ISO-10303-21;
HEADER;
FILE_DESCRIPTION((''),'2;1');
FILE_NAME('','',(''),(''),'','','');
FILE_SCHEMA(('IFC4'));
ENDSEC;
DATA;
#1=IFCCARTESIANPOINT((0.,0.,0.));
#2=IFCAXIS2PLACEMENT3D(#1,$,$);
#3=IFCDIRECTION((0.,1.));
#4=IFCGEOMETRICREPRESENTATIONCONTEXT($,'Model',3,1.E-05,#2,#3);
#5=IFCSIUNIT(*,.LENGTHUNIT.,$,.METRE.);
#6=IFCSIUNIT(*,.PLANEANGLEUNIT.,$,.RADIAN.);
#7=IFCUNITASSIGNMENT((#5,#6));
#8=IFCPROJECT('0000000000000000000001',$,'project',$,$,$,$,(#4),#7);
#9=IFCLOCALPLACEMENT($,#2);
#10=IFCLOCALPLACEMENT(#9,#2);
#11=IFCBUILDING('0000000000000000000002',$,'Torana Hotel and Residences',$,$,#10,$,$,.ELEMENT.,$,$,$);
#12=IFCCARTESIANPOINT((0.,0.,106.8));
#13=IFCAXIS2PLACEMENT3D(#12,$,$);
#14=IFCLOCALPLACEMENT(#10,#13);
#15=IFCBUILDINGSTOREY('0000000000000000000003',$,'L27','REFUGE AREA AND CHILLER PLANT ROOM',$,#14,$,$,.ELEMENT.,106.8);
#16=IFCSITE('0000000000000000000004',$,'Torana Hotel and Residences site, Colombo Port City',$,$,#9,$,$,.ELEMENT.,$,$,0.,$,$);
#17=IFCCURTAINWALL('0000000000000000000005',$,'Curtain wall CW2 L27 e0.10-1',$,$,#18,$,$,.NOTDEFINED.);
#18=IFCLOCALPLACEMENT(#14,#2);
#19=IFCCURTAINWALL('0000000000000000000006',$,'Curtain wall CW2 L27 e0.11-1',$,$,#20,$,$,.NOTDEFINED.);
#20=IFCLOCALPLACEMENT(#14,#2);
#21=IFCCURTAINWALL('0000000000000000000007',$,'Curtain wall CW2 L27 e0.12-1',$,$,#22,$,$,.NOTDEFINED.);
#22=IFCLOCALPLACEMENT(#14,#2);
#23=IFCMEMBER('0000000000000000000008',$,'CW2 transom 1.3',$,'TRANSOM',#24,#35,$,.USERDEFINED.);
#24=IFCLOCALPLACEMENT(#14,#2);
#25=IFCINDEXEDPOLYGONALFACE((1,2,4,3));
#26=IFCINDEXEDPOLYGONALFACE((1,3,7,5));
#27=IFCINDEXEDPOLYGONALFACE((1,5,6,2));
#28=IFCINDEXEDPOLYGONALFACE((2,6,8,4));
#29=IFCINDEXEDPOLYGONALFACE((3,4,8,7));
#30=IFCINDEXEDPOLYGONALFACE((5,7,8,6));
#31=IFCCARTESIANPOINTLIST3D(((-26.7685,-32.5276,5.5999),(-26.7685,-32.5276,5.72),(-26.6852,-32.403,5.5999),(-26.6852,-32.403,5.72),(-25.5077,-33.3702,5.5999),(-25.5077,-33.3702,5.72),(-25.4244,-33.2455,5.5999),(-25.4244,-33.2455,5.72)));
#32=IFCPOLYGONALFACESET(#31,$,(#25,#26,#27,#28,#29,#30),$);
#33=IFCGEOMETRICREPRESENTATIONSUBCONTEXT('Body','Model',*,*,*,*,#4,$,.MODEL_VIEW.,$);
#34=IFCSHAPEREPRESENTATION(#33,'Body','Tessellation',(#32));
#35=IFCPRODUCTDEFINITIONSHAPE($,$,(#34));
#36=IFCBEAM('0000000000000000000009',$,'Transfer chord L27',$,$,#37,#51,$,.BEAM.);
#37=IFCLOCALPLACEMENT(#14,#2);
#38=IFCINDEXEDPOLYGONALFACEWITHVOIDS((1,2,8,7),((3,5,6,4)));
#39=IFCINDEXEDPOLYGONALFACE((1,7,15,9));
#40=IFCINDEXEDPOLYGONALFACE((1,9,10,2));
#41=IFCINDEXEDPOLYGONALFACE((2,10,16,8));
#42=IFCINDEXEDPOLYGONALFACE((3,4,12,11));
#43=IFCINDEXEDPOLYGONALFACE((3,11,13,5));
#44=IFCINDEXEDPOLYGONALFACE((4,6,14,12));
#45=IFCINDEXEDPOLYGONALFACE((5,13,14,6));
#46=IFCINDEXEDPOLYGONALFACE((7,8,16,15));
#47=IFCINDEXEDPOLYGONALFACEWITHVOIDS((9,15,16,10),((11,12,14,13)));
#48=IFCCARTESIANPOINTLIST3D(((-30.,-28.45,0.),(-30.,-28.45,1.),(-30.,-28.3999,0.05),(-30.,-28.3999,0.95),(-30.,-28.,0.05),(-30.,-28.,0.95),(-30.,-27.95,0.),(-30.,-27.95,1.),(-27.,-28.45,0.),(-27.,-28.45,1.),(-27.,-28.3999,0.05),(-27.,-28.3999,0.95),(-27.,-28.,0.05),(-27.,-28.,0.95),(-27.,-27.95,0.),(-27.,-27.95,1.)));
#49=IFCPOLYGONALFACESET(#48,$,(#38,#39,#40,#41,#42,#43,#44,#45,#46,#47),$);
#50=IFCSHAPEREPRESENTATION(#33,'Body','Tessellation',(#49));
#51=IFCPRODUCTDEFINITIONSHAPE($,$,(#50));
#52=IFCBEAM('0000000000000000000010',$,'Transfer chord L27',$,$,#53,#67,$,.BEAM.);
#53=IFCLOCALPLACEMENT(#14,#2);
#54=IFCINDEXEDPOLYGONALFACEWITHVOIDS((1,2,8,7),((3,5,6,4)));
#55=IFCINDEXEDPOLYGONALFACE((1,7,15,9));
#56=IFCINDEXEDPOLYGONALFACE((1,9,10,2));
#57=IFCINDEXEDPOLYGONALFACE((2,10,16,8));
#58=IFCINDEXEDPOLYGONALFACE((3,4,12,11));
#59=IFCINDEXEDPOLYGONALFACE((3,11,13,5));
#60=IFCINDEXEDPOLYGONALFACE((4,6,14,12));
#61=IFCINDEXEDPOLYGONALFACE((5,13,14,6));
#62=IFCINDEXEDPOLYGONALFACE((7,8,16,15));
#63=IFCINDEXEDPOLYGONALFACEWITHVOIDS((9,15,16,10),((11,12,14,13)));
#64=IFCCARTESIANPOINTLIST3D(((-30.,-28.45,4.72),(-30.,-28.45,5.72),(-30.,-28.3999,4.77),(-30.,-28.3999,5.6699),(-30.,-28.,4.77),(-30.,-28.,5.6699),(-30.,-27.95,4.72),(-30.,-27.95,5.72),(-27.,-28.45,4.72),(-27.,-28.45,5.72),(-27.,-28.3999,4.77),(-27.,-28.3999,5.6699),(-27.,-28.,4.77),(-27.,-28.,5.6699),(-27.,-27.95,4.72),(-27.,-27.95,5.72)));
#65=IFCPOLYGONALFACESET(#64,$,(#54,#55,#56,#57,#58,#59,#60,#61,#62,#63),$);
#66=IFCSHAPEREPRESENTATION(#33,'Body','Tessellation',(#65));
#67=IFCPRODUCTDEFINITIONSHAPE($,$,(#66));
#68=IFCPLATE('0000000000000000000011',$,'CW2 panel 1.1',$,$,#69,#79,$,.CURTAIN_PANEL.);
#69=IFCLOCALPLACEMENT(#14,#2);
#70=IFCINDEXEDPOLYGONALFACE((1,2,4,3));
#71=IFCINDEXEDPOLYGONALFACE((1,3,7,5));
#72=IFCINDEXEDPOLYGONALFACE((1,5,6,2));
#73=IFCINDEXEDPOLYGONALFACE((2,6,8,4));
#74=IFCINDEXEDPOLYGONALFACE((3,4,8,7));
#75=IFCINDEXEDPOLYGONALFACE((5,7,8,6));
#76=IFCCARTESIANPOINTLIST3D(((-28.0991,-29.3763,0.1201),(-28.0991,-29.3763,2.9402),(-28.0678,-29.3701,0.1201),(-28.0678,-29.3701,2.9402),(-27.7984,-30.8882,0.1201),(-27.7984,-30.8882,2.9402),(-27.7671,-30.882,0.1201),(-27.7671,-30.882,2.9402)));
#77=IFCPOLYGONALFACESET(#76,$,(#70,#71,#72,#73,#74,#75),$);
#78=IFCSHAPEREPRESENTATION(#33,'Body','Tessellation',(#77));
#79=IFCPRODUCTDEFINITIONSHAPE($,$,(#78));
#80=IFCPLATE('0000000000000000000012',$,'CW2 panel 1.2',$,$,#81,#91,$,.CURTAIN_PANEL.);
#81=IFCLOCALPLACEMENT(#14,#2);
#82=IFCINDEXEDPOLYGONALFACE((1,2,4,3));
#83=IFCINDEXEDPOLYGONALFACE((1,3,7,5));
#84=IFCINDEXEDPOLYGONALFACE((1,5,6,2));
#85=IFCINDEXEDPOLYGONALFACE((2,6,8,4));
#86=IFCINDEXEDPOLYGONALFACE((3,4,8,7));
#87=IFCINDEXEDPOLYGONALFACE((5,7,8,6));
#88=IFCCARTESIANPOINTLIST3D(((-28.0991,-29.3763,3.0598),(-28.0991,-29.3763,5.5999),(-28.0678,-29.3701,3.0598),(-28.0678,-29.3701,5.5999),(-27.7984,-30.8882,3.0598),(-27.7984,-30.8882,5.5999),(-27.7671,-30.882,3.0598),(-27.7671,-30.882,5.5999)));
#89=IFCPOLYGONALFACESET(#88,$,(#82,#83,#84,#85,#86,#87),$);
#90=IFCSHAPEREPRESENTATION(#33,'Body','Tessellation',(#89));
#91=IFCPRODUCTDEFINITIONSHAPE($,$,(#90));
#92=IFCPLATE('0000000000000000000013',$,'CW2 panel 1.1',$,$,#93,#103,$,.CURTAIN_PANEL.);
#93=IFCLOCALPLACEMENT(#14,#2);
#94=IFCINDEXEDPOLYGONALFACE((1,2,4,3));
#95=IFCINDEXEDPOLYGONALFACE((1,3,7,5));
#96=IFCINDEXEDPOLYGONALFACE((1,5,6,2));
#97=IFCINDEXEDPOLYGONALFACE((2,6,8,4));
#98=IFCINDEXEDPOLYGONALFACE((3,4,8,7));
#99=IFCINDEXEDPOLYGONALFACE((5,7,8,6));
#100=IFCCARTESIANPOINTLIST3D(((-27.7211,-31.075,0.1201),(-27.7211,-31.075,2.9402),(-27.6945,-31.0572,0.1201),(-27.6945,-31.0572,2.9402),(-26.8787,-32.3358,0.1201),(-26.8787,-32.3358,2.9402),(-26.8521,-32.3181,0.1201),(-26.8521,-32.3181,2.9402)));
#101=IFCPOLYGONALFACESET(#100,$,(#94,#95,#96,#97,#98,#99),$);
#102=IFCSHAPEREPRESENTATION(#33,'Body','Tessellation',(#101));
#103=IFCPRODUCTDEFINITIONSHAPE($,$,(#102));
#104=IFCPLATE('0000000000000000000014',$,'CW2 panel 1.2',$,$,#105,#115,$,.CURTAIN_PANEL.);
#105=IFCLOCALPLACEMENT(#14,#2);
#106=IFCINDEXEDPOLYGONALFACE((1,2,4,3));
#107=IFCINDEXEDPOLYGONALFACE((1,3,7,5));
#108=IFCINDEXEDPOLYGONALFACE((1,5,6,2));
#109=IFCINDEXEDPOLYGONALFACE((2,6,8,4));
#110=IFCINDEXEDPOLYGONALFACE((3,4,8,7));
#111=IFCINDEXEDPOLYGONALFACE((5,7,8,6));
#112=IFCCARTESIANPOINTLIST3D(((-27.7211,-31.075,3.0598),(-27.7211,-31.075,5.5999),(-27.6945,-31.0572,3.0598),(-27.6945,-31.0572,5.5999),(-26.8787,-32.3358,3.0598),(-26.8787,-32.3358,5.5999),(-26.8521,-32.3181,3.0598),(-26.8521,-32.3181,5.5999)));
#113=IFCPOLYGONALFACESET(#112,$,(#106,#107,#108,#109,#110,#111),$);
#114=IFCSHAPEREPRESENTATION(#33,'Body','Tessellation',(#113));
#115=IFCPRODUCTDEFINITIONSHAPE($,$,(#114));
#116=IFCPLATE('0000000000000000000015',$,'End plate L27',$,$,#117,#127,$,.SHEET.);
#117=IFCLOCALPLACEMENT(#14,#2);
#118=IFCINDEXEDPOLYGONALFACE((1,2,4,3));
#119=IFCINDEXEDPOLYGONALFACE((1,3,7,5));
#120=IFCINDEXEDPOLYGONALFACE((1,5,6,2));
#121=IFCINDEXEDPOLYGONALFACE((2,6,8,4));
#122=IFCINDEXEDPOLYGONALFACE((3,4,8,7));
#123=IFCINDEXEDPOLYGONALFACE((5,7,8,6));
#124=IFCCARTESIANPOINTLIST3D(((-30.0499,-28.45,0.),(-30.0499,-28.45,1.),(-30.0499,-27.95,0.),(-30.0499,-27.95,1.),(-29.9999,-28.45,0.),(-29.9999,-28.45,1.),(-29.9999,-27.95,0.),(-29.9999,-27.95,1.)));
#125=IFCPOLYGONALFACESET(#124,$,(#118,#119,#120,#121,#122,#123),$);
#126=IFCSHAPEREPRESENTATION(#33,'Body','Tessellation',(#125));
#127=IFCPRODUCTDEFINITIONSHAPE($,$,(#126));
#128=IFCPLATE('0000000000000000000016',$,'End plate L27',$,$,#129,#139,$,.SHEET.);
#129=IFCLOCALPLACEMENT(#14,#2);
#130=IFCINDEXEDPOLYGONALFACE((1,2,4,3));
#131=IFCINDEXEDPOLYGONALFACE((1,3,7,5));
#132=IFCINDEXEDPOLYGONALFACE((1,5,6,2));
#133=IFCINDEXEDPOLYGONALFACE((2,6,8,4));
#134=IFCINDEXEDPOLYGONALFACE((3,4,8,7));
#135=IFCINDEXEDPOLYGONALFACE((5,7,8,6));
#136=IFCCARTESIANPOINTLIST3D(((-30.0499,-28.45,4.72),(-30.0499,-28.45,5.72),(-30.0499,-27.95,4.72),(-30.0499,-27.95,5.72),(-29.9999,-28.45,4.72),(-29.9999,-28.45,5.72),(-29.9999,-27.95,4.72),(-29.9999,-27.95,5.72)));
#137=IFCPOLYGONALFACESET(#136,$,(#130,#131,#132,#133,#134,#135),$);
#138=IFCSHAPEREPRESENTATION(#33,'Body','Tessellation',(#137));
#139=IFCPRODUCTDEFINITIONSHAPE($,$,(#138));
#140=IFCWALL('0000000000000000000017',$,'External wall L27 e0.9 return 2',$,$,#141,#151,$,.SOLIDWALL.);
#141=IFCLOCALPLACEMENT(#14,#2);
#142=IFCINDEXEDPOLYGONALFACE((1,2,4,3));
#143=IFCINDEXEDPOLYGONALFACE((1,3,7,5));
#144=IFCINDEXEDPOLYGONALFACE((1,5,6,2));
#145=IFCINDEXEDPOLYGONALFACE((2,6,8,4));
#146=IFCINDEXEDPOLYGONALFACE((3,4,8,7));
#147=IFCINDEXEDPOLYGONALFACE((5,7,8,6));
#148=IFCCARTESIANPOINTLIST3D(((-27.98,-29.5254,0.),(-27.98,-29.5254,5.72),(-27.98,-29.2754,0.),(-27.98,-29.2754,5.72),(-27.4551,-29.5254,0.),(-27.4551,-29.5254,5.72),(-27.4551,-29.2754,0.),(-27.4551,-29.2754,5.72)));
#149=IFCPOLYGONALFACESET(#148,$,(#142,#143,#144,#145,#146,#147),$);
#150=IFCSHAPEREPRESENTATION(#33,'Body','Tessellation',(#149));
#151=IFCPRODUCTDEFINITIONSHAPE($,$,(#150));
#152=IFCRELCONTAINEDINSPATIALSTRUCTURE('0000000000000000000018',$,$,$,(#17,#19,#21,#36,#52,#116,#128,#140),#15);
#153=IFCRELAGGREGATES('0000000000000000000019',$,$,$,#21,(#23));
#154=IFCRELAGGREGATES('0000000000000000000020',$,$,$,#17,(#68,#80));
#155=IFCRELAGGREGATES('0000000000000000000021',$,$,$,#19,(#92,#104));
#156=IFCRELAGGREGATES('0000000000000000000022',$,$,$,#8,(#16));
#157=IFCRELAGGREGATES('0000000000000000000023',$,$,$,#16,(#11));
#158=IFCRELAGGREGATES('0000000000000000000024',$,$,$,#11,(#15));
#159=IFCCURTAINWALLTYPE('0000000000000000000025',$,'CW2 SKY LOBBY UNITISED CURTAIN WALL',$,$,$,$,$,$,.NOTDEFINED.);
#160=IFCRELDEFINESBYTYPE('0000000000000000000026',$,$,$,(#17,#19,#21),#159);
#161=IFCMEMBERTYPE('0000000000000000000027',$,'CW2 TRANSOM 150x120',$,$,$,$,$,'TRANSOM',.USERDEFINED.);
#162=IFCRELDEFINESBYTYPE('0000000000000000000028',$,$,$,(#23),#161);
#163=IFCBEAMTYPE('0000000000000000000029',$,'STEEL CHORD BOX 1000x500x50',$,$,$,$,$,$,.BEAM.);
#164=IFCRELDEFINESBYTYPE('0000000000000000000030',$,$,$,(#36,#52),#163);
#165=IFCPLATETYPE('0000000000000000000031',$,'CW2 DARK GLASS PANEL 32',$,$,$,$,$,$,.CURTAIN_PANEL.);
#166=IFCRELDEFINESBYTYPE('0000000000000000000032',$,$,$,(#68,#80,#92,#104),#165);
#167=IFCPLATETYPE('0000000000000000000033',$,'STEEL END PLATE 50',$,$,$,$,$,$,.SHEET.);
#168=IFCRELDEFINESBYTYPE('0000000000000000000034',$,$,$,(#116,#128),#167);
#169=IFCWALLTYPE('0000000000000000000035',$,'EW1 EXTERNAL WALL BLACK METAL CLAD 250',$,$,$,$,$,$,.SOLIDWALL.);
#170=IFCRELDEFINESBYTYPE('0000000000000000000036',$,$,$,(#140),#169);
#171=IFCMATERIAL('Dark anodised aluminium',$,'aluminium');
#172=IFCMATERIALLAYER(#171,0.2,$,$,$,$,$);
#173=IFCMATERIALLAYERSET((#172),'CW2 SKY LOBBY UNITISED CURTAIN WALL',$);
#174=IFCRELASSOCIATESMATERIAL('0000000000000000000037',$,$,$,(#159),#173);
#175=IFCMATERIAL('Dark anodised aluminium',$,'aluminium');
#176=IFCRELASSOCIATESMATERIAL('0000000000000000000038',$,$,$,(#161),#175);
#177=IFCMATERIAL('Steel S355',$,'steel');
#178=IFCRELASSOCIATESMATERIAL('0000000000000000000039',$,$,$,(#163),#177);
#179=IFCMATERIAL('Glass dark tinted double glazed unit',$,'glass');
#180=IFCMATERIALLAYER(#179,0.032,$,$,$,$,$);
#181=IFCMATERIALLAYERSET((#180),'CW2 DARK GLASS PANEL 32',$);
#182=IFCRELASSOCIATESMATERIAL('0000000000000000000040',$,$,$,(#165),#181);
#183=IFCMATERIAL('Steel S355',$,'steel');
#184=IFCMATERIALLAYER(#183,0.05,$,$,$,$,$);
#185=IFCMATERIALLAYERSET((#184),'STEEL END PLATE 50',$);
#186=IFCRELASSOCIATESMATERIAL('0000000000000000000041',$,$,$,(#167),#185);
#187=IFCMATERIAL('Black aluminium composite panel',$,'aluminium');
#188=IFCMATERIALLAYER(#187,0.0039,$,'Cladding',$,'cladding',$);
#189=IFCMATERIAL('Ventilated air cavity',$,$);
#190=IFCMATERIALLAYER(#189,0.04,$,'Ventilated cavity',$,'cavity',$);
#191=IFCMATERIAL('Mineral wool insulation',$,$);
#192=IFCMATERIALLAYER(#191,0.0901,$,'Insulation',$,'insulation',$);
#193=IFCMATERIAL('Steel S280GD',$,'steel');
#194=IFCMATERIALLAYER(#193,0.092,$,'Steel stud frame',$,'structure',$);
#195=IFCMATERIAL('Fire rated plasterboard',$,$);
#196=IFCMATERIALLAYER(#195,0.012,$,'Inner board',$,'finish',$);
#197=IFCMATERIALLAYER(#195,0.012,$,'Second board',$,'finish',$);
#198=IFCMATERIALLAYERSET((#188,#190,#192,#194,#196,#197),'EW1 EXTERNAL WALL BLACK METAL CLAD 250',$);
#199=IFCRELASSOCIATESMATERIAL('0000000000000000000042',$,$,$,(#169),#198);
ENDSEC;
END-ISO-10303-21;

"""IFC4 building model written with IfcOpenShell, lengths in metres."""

from ifc_helpers import new_model, si_unit, direction, frame, frame_2d, origin, origin_2d, place, context, subcontext, project, spatial, rectangle, hollow_rectangle, extrude, material, layer, layer_set, material_profile, profile_set, type_object, element, aggregate, save


model = new_model("IFC4")

# Units and contexts
model_context = context("Model", 3, precision=1e-05, world=origin(), true_north=direction((0.0, 1.0)))
body_context = subcontext(model_context, "Body", "Model", "MODEL_VIEW")
ifc_project = project(units=[si_unit("LENGTHUNIT", "METRE"), si_unit("PLANEANGLEUNIT", "RADIAN")], contexts=[model_context])

# Site, building, storey
site_placement = place(None, origin())
site = spatial("IfcSite", under=ifc_project, at=site_placement, Name="Torana Hotel and Residences site, Colombo Port City", CompositionType="ELEMENT", RefElevation=0.0)
building_placement = place(site_placement, origin())
building = spatial("IfcBuilding", under=site, at=building_placement, Name="Torana Hotel and Residences", CompositionType="ELEMENT")
storey_placement = place(building_placement, frame((0.0, 0.0, 106.8)))
storey = spatial("IfcBuildingStorey", under=building, at=storey_placement, Name="L27", Description="REFUGE AREA AND CHILLER PLANT ROOM", CompositionType="ELEMENT", Elevation=106.8)

# Shared definitions
ifc_material_1 = material(Name="Dark anodised aluminium", Category="aluminium")
ifc_layer_1 = layer(ifc_material_1, 0.2)
ifc_layer_set_1 = layer_set([ifc_layer_1], Name="CW2 SKY LOBBY UNITISED CURTAIN WALL")
curtain_wall_type = type_object("IfcCurtainWallType", Name="CW2 SKY LOBBY UNITISED CURTAIN WALL", PredefinedType="NOTDEFINED", material=ifc_layer_set_1)

# Curtain walls
curtain_wall_1_placement = place(storey_placement, origin())
curtain_wall_1 = element("IfcCurtainWall", 1, at=curtain_wall_1_placement, inside=storey, type_object=curtain_wall_type, Name="Curtain wall CW2 L27 e0.10-1", PredefinedType="NOTDEFINED")
curtain_wall_2_placement = place(storey_placement, origin())
curtain_wall_2 = element("IfcCurtainWall", 2, at=curtain_wall_2_placement, inside=storey, type_object=curtain_wall_type, Name="Curtain wall CW2 L27 e0.11-1", PredefinedType="NOTDEFINED")

# Curtain wall
curtain_wall_3_placement = place(storey_placement, origin())
curtain_wall_3 = element("IfcCurtainWall", 3, at=curtain_wall_3_placement, inside=storey, type_object=curtain_wall_type, Name="Curtain wall CW2 L27 e0.12-1", PredefinedType="NOTDEFINED")

# Member
ifc_material_2 = material(Name="Dark anodised aluminium", Category="aluminium")
ifc_material_profile_1 = material_profile(ifc_material_2, rectangle(XDim=0.1499, YDim=0.1201, at=origin_2d()), Name="CW2 TRANSOM 150x120")
ifc_profile_set_1 = profile_set([ifc_material_profile_1], Name="Dark anodised aluminium")
member_type_1 = type_object("IfcMemberType", Name="CW2 TRANSOM 150x120", ElementType="TRANSOM", PredefinedType="USERDEFINED", material=ifc_profile_set_1)
member_1_placement = place(storey_placement, frame((-26.7268, -32.4653, 5.6599), z_axis=(0.831431, -0.555629, 0.0), x_axis=(0.555629, 0.831431, 0.0)))
member_1 = element("IfcMember", 4, at=member_1_placement, type_object=member_type_1, Name="CW2 transom 1.3", ObjectType="TRANSOM", PredefinedType="USERDEFINED", context=body_context, shape_type="SweptSolid", body=[
    extrude(rectangle(XDim=0.1499, YDim=0.1201, at=origin_2d()), origin(), (0.0, 0.0, 1.0), 1.5164),
])
aggregate(curtain_wall_3, [member_1])

# Beams
ifc_material_3 = material(Name="Steel S355", Category="steel")
ifc_material_profile_2 = material_profile(ifc_material_3, hollow_rectangle(XDim=0.5, YDim=1.0, WallThickness=0.05, at=origin_2d()), Name="BOX 1000x500x50")
ifc_profile_set_2 = profile_set([ifc_material_profile_2], Name="Steel S355")
beam_type = type_object("IfcBeamType", Name="STEEL CHORD BOX 1000x500x50", PredefinedType="BEAM", material=ifc_profile_set_2)
for number, where, z_axis, x_axis, name in (
    (5, (-30.0, -28.2, 0.5), (1.0, 0.0, 0.0), (0.0, 1.0, 0.0), "Transfer chord L27"),
    (6, (-30.0, -28.2, 5.22), (1.0, 0.0, 0.0), (0.0, 1.0, 0.0), "Transfer chord L27"),
):
    element("IfcBeam", number, at=place(storey_placement, frame(where, z_axis=z_axis, x_axis=x_axis)), inside=storey, type_object=beam_type, Name=name, PredefinedType="BEAM", context=body_context, shape_type="SweptSolid", body=[
        extrude(hollow_rectangle(XDim=0.5, YDim=1.0, WallThickness=0.05, at=origin_2d()), origin(), (0.0, 0.0, 1.0), 3.0),
    ])

# Plates
ifc_material_4 = material(Name="Glass dark tinted double glazed unit", Category="glass")
ifc_layer_2 = layer(ifc_material_4, 0.032)
ifc_layer_set_2 = layer_set([ifc_layer_2], Name="CW2 DARK GLASS PANEL 32")
plate_type_1 = type_object("IfcPlateType", Name="CW2 DARK GLASS PANEL 32", PredefinedType="CURTAIN_PANEL", material=ifc_layer_set_2)
plate_1_placement = place(storey_placement, frame((-27.9331, -30.1292, 0.1201), z_axis=(0.0, 0.0, 1.0), x_axis=(0.195064, -0.980791, 0.0)))
plate_1 = element("IfcPlate", 7, at=plate_1_placement, type_object=plate_type_1, Name="CW2 panel 1.1", PredefinedType="CURTAIN_PANEL", context=body_context, shape_type="SweptSolid", body=[
    extrude(rectangle(XDim=1.5415, YDim=0.032, at=origin_2d()), origin(), (0.0, 0.0, 1.0), 2.8201),
])
plate_2_placement = place(storey_placement, frame((-27.9331, -30.1292, 3.0598), z_axis=(0.0, 0.0, 1.0), x_axis=(0.195064, -0.980791, 0.0)))
plate_2 = element("IfcPlate", 8, at=plate_2_placement, type_object=plate_type_1, Name="CW2 panel 1.2", PredefinedType="CURTAIN_PANEL", context=body_context, shape_type="SweptSolid", body=[
    extrude(rectangle(XDim=1.5415, YDim=0.032, at=origin_2d()), origin(), (0.0, 0.0, 1.0), 2.54),
])
aggregate(curtain_wall_1, [plate_1, plate_2])
plate_3_placement = place(storey_placement, frame((-27.2866, -31.6965, 0.1201), z_axis=(0.0, 0.0, 1.0), x_axis=(0.555564, -0.831474, 0.0)))
plate_3 = element("IfcPlate", 9, at=plate_3_placement, type_object=plate_type_1, Name="CW2 panel 1.1", PredefinedType="CURTAIN_PANEL", context=body_context, shape_type="SweptSolid", body=[
    extrude(rectangle(XDim=1.5164, YDim=0.032, at=origin_2d()), origin(), (0.0, 0.0, 1.0), 2.8201),
])
plate_4_placement = place(storey_placement, frame((-27.2866, -31.6965, 3.0598), z_axis=(0.0, 0.0, 1.0), x_axis=(0.555564, -0.831474, 0.0)))
plate_4 = element("IfcPlate", 10, at=plate_4_placement, type_object=plate_type_1, Name="CW2 panel 1.2", PredefinedType="CURTAIN_PANEL", context=body_context, shape_type="SweptSolid", body=[
    extrude(rectangle(XDim=1.5164, YDim=0.032, at=origin_2d()), origin(), (0.0, 0.0, 1.0), 2.54),
])
aggregate(curtain_wall_2, [plate_3, plate_4])

# Plates
ifc_material_5 = material(Name="Steel S355", Category="steel")
ifc_layer_3 = layer(ifc_material_5, 0.05)
ifc_layer_set_3 = layer_set([ifc_layer_3], Name="STEEL END PLATE 50")
plate_type_2 = type_object("IfcPlateType", Name="STEEL END PLATE 50", PredefinedType="SHEET", material=ifc_layer_set_3)
for number, where, z_axis, x_axis, name in (
    (11, (-30.0249, -28.2, 0.0), (0.0, 0.0, 1.0), (-1.0, 0.0, 0.0), "End plate L27"),
    (12, (-30.0249, -28.2, 4.72), (0.0, 0.0, 1.0), (-1.0, 0.0, 0.0), "End plate L27"),
):
    element("IfcPlate", number, at=place(storey_placement, frame(where, z_axis=z_axis, x_axis=x_axis)), inside=storey, type_object=plate_type_2, Name=name, PredefinedType="SHEET", context=body_context, shape_type="SweptSolid", body=[
        extrude(rectangle(XDim=0.05, YDim=0.5, at=origin_2d()), origin(), (0.0, 0.0, 1.0), 1.0),
    ])

# Wall
ifc_material_6 = material(Name="Black aluminium composite panel", Category="aluminium")
ifc_layer_4 = layer(ifc_material_6, 0.0039, Name="Cladding", Category="cladding")
ifc_material_7 = material(Name="Ventilated air cavity")
ifc_layer_5 = layer(ifc_material_7, 0.04, Name="Ventilated cavity", Category="cavity")
ifc_material_8 = material(Name="Mineral wool insulation")
ifc_layer_6 = layer(ifc_material_8, 0.0901, Name="Insulation", Category="insulation")
ifc_material_9 = material(Name="Steel S280GD", Category="steel")
ifc_layer_7 = layer(ifc_material_9, 0.092, Name="Steel stud frame", Category="structure")
ifc_material_10 = material(Name="Fire rated plasterboard")
ifc_layer_8 = layer(ifc_material_10, 0.012, Name="Inner board", Category="finish")
ifc_layer_9 = layer(ifc_material_10, 0.012, Name="Second board", Category="finish")
ifc_layer_set_4 = layer_set([ifc_layer_4, ifc_layer_5, ifc_layer_6, ifc_layer_7, ifc_layer_8, ifc_layer_9], Name="EW1 EXTERNAL WALL BLACK METAL CLAD 250")
wall_type = type_object("IfcWallType", Name="EW1 EXTERNAL WALL BLACK METAL CLAD 250", PredefinedType="SOLIDWALL", material=ifc_layer_set_4)
wall_placement = place(storey_placement, frame((-27.4551, -29.4004, 0.0), z_axis=(0.0, 0.0, 1.0), x_axis=(-1.0, 0.0, 0.0)))
element("IfcWall", 13, at=wall_placement, inside=storey, type_object=wall_type, Name="External wall L27 e0.9 return 2", PredefinedType="SOLIDWALL", context=body_context, shape_type="SweptSolid", body=[
    extrude(rectangle(XDim=0.5249, YDim=0.25, at=frame_2d((0.2625, 0.0))), origin(), (0.0, 0.0, 1.0), 5.72),
])

save(model, "model.ifc")
